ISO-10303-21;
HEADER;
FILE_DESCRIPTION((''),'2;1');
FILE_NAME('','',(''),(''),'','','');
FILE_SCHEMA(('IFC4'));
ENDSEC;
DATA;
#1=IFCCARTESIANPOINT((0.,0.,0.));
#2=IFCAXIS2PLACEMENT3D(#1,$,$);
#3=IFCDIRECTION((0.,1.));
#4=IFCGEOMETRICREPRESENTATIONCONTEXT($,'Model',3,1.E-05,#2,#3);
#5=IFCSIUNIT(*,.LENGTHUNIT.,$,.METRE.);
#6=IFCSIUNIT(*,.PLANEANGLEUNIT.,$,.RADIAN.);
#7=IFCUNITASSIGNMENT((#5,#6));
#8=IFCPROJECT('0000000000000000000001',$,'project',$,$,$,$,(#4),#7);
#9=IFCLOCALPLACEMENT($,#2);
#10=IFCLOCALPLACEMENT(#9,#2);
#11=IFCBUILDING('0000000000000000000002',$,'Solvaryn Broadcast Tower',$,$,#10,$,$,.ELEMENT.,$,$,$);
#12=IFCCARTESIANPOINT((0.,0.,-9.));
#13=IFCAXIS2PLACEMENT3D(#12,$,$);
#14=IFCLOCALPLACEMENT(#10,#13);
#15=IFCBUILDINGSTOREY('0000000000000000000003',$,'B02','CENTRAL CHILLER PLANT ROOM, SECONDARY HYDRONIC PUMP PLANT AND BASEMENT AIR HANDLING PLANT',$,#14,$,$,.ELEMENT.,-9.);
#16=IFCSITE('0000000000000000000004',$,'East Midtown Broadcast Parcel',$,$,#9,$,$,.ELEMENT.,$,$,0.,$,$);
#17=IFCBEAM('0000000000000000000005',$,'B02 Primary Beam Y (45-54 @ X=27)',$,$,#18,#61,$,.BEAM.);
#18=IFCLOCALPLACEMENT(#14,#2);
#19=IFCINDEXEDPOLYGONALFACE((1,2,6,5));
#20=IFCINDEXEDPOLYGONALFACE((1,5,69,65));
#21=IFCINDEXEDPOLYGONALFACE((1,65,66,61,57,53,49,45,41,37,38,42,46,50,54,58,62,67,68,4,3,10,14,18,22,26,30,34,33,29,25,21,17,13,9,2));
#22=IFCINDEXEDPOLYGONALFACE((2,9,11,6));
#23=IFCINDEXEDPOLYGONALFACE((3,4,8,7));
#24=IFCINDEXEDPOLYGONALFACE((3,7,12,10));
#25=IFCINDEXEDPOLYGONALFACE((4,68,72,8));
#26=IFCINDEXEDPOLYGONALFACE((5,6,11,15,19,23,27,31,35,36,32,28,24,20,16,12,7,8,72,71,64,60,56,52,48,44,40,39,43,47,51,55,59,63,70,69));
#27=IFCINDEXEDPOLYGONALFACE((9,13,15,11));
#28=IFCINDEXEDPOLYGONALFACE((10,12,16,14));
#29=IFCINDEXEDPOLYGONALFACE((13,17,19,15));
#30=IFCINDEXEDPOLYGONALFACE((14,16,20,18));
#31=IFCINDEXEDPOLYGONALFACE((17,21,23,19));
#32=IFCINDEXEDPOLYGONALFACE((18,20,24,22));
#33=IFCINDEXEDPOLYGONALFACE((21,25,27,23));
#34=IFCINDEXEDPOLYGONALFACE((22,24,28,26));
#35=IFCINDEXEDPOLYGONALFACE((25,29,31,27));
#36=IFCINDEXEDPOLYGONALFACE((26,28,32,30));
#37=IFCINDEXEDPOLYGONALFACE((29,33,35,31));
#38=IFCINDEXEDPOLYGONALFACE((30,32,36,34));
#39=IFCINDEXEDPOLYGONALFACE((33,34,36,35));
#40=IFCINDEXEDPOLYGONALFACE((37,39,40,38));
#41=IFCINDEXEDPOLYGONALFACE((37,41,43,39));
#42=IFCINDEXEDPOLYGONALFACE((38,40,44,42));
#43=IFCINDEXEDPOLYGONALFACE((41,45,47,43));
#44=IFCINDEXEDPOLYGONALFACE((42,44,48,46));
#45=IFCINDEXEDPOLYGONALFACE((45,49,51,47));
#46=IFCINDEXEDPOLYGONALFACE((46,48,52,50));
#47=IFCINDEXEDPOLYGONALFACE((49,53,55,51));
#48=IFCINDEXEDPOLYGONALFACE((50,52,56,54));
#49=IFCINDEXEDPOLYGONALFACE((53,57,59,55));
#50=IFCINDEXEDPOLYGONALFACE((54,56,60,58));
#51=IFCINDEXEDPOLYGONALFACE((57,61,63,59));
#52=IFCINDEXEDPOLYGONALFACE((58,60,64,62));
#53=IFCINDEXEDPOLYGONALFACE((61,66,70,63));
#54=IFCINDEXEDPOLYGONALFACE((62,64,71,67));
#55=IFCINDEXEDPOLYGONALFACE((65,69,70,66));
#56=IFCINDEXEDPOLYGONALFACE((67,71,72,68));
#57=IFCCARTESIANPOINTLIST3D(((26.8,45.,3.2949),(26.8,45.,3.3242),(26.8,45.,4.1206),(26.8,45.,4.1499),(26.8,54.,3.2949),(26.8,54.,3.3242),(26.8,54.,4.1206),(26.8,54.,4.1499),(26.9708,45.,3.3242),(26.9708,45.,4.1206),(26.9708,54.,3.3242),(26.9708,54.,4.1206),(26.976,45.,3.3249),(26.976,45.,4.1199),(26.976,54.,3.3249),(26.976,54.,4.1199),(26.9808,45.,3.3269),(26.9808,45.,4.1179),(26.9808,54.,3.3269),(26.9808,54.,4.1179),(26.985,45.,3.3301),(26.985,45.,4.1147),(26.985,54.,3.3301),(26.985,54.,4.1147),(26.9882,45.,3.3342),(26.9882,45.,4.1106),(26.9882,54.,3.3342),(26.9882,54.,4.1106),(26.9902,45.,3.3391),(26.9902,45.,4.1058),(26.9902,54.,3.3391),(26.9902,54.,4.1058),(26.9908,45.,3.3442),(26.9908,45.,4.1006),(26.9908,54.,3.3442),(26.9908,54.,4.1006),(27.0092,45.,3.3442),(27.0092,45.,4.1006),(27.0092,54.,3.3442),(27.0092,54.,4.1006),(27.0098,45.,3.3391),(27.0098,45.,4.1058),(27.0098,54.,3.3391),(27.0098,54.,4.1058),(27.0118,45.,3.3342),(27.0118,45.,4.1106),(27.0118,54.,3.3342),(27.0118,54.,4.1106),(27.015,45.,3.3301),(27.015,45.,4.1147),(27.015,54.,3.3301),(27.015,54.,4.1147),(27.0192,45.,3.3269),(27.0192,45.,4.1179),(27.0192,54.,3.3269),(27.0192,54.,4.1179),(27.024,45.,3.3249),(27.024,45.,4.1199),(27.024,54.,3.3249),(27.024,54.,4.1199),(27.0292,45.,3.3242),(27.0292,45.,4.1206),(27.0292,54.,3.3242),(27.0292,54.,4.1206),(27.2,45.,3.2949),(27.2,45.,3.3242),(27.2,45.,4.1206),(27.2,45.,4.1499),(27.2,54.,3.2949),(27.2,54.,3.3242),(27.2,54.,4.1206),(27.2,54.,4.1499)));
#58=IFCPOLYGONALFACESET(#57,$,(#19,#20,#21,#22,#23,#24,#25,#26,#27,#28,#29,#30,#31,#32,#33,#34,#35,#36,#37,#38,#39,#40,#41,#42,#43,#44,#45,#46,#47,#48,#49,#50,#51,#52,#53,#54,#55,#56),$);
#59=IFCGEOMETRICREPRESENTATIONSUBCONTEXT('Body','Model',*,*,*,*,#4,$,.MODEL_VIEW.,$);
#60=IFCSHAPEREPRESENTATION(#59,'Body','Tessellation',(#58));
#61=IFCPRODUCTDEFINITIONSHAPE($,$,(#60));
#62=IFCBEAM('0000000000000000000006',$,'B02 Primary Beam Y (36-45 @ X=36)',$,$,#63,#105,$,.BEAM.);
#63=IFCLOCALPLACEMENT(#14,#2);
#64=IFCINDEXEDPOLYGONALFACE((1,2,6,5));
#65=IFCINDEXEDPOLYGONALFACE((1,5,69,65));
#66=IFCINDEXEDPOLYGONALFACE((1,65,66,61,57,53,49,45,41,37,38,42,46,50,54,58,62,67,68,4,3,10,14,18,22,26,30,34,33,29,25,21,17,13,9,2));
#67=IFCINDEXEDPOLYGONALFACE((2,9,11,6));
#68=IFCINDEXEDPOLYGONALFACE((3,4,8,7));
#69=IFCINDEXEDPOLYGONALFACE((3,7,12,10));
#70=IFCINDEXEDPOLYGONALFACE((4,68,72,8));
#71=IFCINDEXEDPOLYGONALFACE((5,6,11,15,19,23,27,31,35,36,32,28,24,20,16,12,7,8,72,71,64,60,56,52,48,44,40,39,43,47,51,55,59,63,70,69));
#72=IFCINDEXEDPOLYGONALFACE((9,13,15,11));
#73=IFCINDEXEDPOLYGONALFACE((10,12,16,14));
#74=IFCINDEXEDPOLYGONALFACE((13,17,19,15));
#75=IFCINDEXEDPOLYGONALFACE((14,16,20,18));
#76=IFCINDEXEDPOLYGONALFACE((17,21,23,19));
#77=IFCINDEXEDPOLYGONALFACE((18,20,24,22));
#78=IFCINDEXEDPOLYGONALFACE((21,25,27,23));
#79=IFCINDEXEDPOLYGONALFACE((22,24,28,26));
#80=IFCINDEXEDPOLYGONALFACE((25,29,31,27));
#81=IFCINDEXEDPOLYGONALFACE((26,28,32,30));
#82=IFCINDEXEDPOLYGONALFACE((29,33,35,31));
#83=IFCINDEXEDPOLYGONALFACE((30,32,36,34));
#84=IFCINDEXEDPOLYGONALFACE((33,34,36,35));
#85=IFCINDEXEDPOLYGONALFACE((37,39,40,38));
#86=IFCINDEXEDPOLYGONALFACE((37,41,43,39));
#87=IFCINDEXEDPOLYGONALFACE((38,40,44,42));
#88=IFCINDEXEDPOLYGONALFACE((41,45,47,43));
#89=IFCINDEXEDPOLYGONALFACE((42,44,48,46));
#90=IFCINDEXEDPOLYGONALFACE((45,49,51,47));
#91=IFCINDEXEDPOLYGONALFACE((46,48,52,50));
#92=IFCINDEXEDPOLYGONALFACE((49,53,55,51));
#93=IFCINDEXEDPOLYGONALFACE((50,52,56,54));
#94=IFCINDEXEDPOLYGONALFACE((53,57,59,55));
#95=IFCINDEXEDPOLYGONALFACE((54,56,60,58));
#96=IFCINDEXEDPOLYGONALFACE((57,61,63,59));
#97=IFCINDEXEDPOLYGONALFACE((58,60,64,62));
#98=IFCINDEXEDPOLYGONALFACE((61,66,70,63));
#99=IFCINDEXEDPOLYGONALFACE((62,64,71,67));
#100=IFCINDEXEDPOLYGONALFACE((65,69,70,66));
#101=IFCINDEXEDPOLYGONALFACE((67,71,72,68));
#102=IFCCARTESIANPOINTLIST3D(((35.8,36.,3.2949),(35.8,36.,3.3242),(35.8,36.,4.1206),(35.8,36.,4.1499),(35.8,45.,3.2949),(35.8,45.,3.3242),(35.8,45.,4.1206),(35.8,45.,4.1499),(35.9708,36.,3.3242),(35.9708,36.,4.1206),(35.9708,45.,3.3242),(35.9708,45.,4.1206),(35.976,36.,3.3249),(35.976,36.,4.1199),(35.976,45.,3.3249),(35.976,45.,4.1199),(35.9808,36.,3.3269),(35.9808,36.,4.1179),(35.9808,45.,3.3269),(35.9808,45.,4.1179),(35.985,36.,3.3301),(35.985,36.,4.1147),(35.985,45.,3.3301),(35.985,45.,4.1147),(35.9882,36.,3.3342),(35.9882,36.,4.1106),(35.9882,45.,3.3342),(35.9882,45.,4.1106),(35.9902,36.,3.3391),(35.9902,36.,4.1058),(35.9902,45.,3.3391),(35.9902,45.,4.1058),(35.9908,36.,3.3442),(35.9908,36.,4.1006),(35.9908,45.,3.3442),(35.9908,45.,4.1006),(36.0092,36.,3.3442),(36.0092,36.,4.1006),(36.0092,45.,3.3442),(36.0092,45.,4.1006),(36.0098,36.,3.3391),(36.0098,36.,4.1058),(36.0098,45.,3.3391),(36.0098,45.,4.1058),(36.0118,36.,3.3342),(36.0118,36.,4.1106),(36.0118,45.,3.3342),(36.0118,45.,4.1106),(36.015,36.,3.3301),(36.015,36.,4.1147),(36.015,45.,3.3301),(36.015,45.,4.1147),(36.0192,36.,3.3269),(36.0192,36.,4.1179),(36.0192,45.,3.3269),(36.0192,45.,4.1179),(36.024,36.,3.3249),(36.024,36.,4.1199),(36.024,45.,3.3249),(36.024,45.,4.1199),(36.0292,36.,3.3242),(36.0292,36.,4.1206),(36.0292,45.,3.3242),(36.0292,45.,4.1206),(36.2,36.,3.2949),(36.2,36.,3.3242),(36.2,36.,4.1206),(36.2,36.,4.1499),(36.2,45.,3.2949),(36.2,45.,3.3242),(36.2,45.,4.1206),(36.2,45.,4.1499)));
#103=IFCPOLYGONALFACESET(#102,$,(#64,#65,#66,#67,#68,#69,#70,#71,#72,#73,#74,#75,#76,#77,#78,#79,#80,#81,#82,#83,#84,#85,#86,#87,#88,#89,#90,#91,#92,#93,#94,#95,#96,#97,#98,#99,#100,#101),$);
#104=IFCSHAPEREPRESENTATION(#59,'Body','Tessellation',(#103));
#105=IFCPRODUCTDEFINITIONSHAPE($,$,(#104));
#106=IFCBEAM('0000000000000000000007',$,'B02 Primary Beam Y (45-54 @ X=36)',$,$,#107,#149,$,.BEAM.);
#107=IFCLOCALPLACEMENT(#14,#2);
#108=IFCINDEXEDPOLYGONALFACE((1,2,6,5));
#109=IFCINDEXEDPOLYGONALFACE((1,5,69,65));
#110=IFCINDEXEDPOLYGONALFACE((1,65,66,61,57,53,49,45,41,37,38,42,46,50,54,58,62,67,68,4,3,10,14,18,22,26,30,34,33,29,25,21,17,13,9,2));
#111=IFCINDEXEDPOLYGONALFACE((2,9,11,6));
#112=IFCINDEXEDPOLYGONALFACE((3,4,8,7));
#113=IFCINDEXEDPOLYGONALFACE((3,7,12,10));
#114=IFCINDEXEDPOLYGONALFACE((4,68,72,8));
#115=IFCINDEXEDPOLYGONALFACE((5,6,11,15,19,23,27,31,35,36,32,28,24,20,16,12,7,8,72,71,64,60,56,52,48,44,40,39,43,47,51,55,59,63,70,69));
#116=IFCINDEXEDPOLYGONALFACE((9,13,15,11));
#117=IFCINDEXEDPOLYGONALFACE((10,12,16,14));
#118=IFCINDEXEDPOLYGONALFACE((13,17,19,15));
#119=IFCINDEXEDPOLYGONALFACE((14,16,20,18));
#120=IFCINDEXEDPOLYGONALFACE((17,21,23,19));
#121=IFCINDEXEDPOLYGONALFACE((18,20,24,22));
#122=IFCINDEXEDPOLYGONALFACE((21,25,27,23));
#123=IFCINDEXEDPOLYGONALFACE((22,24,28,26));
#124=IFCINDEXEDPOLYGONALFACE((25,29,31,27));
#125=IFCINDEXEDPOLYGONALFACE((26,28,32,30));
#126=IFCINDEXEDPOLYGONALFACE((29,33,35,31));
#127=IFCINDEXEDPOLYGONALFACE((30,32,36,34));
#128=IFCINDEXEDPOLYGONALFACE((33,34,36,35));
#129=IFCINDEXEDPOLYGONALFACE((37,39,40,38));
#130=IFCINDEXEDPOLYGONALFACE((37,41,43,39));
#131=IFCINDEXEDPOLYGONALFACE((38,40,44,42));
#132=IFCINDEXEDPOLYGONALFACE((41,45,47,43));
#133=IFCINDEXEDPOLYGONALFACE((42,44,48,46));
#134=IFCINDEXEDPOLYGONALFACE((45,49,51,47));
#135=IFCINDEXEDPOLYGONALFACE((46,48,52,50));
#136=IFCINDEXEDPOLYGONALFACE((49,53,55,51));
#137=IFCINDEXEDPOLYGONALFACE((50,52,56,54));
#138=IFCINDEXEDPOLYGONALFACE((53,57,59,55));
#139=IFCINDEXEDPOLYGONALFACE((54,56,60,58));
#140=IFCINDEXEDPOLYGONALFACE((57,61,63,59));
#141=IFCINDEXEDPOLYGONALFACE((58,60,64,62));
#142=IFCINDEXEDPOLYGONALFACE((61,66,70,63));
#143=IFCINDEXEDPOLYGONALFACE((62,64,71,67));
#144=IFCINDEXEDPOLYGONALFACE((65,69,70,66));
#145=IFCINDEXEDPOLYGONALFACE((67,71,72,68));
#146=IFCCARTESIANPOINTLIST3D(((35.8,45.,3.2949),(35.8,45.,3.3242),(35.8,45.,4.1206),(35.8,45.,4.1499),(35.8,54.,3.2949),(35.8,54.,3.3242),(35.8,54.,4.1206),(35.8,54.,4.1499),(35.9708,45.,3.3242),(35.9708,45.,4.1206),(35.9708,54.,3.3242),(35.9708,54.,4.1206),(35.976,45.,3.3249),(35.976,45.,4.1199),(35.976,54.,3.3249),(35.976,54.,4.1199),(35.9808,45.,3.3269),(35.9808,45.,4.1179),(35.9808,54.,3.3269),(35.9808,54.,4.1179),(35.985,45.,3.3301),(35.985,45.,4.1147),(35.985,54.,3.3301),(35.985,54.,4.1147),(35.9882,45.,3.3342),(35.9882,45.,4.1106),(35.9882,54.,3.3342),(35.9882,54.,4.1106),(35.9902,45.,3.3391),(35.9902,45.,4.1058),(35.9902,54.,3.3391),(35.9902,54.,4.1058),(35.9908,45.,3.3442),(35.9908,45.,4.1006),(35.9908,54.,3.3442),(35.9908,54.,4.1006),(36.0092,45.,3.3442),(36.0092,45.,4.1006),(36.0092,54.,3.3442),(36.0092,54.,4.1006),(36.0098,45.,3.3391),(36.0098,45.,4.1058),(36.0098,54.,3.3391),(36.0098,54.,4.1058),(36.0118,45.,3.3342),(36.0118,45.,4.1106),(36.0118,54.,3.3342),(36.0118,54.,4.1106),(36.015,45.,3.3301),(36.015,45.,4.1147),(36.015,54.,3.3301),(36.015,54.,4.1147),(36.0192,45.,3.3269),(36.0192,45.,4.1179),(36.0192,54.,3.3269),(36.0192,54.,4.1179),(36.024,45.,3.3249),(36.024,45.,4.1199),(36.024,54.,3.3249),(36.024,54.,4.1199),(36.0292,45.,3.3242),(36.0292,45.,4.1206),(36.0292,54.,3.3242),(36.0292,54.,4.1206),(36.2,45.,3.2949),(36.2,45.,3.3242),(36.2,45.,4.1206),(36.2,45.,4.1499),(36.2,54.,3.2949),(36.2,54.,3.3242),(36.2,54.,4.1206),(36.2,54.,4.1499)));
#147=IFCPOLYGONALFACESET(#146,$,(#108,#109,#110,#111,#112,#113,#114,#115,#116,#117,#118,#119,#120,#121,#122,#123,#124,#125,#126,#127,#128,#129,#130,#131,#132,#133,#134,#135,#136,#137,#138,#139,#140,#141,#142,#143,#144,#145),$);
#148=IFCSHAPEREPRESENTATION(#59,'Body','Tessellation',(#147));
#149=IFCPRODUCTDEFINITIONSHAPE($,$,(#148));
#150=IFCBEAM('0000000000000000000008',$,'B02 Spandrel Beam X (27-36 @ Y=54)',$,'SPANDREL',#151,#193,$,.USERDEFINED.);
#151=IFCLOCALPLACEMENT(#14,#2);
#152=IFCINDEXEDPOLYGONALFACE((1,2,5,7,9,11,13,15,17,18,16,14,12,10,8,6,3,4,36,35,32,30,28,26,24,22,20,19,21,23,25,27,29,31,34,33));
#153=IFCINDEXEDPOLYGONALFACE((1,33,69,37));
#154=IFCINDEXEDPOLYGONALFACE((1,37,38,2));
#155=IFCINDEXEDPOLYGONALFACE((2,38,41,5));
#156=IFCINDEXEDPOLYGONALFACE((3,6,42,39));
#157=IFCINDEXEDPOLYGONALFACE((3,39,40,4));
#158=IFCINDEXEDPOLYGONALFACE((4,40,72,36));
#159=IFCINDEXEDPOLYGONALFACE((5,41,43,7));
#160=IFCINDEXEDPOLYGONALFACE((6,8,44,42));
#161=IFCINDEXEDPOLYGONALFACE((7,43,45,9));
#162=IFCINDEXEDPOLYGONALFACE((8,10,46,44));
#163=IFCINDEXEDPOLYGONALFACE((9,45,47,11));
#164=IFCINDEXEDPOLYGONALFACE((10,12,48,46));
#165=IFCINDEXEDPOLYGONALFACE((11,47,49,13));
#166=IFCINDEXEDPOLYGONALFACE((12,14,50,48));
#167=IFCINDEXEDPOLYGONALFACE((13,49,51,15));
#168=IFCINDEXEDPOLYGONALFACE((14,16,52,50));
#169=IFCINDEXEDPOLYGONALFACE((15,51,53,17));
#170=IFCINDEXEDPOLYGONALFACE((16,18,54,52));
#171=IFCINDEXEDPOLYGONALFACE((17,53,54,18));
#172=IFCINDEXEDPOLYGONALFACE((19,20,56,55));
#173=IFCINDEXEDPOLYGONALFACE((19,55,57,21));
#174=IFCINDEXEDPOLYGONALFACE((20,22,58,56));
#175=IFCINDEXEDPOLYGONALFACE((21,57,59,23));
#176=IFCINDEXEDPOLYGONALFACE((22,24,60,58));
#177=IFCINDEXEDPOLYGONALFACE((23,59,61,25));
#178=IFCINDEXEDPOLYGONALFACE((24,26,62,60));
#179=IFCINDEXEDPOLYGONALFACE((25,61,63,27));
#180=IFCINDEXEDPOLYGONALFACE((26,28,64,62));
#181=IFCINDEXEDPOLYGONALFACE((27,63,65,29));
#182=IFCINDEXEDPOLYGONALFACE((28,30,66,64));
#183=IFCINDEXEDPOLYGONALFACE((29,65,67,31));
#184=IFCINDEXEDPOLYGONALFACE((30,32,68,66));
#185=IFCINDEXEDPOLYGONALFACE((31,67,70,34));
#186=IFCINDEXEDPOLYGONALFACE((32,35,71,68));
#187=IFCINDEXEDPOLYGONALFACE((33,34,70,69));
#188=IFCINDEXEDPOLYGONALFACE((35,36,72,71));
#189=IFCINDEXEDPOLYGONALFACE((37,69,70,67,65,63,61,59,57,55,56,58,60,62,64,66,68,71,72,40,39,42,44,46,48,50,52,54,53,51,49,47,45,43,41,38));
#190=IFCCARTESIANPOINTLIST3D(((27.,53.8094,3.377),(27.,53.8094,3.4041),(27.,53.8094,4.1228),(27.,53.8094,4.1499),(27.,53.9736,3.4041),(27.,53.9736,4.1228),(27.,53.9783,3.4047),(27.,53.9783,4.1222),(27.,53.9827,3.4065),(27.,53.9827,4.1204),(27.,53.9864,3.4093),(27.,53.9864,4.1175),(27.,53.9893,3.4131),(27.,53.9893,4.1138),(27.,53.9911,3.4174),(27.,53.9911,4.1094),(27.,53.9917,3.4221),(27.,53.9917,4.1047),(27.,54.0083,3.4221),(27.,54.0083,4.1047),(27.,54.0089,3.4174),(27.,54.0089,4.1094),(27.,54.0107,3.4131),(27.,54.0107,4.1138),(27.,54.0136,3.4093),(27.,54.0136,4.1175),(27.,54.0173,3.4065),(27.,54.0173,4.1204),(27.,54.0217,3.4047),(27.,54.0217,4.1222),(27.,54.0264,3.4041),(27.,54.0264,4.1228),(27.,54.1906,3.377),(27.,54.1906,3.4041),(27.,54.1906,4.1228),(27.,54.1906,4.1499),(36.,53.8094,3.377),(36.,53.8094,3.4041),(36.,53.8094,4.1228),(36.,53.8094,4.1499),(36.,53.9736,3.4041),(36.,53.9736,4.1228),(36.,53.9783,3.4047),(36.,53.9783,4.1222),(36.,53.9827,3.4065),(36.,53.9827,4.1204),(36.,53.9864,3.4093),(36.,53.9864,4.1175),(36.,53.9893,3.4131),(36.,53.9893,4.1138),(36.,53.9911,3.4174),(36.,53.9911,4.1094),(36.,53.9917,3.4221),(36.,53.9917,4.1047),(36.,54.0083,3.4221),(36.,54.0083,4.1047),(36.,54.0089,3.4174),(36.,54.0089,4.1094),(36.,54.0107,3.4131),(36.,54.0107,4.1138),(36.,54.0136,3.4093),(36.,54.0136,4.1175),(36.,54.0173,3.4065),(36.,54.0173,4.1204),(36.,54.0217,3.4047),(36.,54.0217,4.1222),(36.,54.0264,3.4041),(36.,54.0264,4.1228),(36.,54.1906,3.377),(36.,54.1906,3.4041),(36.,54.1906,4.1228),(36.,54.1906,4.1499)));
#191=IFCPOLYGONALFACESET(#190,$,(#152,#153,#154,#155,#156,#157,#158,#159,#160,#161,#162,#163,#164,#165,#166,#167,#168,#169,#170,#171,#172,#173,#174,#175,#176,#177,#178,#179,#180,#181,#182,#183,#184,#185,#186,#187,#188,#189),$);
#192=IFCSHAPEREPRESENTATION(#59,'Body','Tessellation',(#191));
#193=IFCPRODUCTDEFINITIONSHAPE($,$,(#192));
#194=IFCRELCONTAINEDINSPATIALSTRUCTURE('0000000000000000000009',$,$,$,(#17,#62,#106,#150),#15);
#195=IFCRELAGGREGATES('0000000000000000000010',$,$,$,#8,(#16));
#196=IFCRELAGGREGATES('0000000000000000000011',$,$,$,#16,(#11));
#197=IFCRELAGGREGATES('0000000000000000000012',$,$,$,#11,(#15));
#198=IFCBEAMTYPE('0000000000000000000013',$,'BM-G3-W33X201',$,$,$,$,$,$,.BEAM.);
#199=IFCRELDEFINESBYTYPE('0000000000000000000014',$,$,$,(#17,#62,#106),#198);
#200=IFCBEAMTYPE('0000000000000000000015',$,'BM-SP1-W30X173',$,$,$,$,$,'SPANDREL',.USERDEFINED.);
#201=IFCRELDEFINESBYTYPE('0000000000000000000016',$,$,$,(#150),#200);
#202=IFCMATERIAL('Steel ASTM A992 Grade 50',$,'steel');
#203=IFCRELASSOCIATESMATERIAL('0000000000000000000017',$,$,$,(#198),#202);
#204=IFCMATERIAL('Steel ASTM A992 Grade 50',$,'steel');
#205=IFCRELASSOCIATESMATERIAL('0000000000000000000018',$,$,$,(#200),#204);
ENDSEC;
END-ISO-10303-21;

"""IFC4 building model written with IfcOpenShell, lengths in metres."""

from ifc_helpers import new_model, si_unit, direction, frame, origin, origin_2d, place, context, subcontext, project, spatial, i_section, extrude, material, material_profile, profile_set, type_object, element, save


model = new_model("IFC4")

# Units and contexts
model_context = context("Model", 3, precision=1e-05, world=origin(), true_north=direction((0.0, 1.0)))
body_context = subcontext(model_context, "Body", "Model", "MODEL_VIEW")
ifc_project = project(units=[si_unit("LENGTHUNIT", "METRE"), si_unit("PLANEANGLEUNIT", "RADIAN")], contexts=[model_context])

# Site, building, storey
site_placement = place(None, origin())
site = spatial("IfcSite", under=ifc_project, at=site_placement, Name="East Midtown Broadcast Parcel", CompositionType="ELEMENT", RefElevation=0.0)
building_placement = place(site_placement, origin())
building = spatial("IfcBuilding", under=site, at=building_placement, Name="Solvaryn Broadcast Tower", CompositionType="ELEMENT")
storey_placement = place(building_placement, frame((0.0, 0.0, -9.0)))
storey = spatial("IfcBuildingStorey", under=building, at=storey_placement, Name="B02", Description="CENTRAL CHILLER PLANT ROOM, SECONDARY HYDRONIC PUMP PLANT AND BASEMENT AIR HANDLING PLANT", CompositionType="ELEMENT", Elevation=-9.0)

# Beams
ifc_material_1 = material(Name="Steel ASTM A992 Grade 50", Category="steel")
ifc_material_profile_1 = material_profile(ifc_material_1, i_section(OverallWidth=0.3999, OverallDepth=0.855, WebThickness=0.0183, FlangeThickness=0.0293, FilletRadius=0.02, at=origin_2d()))
ifc_profile_set_1 = profile_set([ifc_material_profile_1], Name="Steel ASTM A992 Grade 50")
beam_type_1 = type_object("IfcBeamType", Name="BM-G3-W33X201", PredefinedType="BEAM", material=ifc_profile_set_1)
for number, where, z_axis, x_axis, name in (
    (1, (27.0, 45.0, 3.7224), (0.0, 1.0, 0.0), (-1.0, 0.0, 0.0), "B02 Primary Beam Y (45-54 @ X=27)"),
    (2, (36.0, 36.0, 3.7224), (0.0, 1.0, 0.0), (-1.0, 0.0, 0.0), "B02 Primary Beam Y (36-45 @ X=36)"),
    (3, (36.0, 45.0, 3.7224), (0.0, 1.0, 0.0), (-1.0, 0.0, 0.0), "B02 Primary Beam Y (45-54 @ X=36)"),
):
    element("IfcBeam", number, at=place(storey_placement, frame(where, z_axis=z_axis, x_axis=x_axis)), inside=storey, type_object=beam_type_1, Name=name, PredefinedType="BEAM", context=body_context, shape_type="SweptSolid", body=[
        extrude(i_section(OverallWidth=0.3999, OverallDepth=0.855, WebThickness=0.0183, FlangeThickness=0.0293, FilletRadius=0.02, at=origin_2d()), origin(), (0.0, 0.0, 1.0), 9.0),
    ])
ifc_material_2 = material(Name="Steel ASTM A992 Grade 50", Category="steel")
ifc_material_profile_2 = material_profile(ifc_material_2, i_section(OverallWidth=0.3811, OverallDepth=0.7729, WebThickness=0.0166, FlangeThickness=0.0271, FilletRadius=0.0181, at=origin_2d()))
ifc_profile_set_2 = profile_set([ifc_material_profile_2], Name="Steel ASTM A992 Grade 50")
beam_type_2 = type_object("IfcBeamType", Name="BM-SP1-W30X173", ElementType="SPANDREL", PredefinedType="USERDEFINED", material=ifc_profile_set_2)
for number, where, z_axis, x_axis, name in (
    (4, (27.0, 54.0, 3.7634), (1.0, 0.0, 0.0), (0.0, 1.0, 0.0), "B02 Spandrel Beam X (27-36 @ Y=54)"),
):
    element("IfcBeam", number, at=place(storey_placement, frame(where, z_axis=z_axis, x_axis=x_axis)), inside=storey, type_object=beam_type_2, Name=name, ObjectType="SPANDREL", PredefinedType="USERDEFINED", context=body_context, shape_type="SweptSolid", body=[
        extrude(i_section(OverallWidth=0.3811, OverallDepth=0.7729, WebThickness=0.0166, FlangeThickness=0.0271, FilletRadius=0.0181, at=origin_2d()), origin(), (0.0, 0.0, 1.0), 9.0),
    ])

save(model, "model.ifc")
